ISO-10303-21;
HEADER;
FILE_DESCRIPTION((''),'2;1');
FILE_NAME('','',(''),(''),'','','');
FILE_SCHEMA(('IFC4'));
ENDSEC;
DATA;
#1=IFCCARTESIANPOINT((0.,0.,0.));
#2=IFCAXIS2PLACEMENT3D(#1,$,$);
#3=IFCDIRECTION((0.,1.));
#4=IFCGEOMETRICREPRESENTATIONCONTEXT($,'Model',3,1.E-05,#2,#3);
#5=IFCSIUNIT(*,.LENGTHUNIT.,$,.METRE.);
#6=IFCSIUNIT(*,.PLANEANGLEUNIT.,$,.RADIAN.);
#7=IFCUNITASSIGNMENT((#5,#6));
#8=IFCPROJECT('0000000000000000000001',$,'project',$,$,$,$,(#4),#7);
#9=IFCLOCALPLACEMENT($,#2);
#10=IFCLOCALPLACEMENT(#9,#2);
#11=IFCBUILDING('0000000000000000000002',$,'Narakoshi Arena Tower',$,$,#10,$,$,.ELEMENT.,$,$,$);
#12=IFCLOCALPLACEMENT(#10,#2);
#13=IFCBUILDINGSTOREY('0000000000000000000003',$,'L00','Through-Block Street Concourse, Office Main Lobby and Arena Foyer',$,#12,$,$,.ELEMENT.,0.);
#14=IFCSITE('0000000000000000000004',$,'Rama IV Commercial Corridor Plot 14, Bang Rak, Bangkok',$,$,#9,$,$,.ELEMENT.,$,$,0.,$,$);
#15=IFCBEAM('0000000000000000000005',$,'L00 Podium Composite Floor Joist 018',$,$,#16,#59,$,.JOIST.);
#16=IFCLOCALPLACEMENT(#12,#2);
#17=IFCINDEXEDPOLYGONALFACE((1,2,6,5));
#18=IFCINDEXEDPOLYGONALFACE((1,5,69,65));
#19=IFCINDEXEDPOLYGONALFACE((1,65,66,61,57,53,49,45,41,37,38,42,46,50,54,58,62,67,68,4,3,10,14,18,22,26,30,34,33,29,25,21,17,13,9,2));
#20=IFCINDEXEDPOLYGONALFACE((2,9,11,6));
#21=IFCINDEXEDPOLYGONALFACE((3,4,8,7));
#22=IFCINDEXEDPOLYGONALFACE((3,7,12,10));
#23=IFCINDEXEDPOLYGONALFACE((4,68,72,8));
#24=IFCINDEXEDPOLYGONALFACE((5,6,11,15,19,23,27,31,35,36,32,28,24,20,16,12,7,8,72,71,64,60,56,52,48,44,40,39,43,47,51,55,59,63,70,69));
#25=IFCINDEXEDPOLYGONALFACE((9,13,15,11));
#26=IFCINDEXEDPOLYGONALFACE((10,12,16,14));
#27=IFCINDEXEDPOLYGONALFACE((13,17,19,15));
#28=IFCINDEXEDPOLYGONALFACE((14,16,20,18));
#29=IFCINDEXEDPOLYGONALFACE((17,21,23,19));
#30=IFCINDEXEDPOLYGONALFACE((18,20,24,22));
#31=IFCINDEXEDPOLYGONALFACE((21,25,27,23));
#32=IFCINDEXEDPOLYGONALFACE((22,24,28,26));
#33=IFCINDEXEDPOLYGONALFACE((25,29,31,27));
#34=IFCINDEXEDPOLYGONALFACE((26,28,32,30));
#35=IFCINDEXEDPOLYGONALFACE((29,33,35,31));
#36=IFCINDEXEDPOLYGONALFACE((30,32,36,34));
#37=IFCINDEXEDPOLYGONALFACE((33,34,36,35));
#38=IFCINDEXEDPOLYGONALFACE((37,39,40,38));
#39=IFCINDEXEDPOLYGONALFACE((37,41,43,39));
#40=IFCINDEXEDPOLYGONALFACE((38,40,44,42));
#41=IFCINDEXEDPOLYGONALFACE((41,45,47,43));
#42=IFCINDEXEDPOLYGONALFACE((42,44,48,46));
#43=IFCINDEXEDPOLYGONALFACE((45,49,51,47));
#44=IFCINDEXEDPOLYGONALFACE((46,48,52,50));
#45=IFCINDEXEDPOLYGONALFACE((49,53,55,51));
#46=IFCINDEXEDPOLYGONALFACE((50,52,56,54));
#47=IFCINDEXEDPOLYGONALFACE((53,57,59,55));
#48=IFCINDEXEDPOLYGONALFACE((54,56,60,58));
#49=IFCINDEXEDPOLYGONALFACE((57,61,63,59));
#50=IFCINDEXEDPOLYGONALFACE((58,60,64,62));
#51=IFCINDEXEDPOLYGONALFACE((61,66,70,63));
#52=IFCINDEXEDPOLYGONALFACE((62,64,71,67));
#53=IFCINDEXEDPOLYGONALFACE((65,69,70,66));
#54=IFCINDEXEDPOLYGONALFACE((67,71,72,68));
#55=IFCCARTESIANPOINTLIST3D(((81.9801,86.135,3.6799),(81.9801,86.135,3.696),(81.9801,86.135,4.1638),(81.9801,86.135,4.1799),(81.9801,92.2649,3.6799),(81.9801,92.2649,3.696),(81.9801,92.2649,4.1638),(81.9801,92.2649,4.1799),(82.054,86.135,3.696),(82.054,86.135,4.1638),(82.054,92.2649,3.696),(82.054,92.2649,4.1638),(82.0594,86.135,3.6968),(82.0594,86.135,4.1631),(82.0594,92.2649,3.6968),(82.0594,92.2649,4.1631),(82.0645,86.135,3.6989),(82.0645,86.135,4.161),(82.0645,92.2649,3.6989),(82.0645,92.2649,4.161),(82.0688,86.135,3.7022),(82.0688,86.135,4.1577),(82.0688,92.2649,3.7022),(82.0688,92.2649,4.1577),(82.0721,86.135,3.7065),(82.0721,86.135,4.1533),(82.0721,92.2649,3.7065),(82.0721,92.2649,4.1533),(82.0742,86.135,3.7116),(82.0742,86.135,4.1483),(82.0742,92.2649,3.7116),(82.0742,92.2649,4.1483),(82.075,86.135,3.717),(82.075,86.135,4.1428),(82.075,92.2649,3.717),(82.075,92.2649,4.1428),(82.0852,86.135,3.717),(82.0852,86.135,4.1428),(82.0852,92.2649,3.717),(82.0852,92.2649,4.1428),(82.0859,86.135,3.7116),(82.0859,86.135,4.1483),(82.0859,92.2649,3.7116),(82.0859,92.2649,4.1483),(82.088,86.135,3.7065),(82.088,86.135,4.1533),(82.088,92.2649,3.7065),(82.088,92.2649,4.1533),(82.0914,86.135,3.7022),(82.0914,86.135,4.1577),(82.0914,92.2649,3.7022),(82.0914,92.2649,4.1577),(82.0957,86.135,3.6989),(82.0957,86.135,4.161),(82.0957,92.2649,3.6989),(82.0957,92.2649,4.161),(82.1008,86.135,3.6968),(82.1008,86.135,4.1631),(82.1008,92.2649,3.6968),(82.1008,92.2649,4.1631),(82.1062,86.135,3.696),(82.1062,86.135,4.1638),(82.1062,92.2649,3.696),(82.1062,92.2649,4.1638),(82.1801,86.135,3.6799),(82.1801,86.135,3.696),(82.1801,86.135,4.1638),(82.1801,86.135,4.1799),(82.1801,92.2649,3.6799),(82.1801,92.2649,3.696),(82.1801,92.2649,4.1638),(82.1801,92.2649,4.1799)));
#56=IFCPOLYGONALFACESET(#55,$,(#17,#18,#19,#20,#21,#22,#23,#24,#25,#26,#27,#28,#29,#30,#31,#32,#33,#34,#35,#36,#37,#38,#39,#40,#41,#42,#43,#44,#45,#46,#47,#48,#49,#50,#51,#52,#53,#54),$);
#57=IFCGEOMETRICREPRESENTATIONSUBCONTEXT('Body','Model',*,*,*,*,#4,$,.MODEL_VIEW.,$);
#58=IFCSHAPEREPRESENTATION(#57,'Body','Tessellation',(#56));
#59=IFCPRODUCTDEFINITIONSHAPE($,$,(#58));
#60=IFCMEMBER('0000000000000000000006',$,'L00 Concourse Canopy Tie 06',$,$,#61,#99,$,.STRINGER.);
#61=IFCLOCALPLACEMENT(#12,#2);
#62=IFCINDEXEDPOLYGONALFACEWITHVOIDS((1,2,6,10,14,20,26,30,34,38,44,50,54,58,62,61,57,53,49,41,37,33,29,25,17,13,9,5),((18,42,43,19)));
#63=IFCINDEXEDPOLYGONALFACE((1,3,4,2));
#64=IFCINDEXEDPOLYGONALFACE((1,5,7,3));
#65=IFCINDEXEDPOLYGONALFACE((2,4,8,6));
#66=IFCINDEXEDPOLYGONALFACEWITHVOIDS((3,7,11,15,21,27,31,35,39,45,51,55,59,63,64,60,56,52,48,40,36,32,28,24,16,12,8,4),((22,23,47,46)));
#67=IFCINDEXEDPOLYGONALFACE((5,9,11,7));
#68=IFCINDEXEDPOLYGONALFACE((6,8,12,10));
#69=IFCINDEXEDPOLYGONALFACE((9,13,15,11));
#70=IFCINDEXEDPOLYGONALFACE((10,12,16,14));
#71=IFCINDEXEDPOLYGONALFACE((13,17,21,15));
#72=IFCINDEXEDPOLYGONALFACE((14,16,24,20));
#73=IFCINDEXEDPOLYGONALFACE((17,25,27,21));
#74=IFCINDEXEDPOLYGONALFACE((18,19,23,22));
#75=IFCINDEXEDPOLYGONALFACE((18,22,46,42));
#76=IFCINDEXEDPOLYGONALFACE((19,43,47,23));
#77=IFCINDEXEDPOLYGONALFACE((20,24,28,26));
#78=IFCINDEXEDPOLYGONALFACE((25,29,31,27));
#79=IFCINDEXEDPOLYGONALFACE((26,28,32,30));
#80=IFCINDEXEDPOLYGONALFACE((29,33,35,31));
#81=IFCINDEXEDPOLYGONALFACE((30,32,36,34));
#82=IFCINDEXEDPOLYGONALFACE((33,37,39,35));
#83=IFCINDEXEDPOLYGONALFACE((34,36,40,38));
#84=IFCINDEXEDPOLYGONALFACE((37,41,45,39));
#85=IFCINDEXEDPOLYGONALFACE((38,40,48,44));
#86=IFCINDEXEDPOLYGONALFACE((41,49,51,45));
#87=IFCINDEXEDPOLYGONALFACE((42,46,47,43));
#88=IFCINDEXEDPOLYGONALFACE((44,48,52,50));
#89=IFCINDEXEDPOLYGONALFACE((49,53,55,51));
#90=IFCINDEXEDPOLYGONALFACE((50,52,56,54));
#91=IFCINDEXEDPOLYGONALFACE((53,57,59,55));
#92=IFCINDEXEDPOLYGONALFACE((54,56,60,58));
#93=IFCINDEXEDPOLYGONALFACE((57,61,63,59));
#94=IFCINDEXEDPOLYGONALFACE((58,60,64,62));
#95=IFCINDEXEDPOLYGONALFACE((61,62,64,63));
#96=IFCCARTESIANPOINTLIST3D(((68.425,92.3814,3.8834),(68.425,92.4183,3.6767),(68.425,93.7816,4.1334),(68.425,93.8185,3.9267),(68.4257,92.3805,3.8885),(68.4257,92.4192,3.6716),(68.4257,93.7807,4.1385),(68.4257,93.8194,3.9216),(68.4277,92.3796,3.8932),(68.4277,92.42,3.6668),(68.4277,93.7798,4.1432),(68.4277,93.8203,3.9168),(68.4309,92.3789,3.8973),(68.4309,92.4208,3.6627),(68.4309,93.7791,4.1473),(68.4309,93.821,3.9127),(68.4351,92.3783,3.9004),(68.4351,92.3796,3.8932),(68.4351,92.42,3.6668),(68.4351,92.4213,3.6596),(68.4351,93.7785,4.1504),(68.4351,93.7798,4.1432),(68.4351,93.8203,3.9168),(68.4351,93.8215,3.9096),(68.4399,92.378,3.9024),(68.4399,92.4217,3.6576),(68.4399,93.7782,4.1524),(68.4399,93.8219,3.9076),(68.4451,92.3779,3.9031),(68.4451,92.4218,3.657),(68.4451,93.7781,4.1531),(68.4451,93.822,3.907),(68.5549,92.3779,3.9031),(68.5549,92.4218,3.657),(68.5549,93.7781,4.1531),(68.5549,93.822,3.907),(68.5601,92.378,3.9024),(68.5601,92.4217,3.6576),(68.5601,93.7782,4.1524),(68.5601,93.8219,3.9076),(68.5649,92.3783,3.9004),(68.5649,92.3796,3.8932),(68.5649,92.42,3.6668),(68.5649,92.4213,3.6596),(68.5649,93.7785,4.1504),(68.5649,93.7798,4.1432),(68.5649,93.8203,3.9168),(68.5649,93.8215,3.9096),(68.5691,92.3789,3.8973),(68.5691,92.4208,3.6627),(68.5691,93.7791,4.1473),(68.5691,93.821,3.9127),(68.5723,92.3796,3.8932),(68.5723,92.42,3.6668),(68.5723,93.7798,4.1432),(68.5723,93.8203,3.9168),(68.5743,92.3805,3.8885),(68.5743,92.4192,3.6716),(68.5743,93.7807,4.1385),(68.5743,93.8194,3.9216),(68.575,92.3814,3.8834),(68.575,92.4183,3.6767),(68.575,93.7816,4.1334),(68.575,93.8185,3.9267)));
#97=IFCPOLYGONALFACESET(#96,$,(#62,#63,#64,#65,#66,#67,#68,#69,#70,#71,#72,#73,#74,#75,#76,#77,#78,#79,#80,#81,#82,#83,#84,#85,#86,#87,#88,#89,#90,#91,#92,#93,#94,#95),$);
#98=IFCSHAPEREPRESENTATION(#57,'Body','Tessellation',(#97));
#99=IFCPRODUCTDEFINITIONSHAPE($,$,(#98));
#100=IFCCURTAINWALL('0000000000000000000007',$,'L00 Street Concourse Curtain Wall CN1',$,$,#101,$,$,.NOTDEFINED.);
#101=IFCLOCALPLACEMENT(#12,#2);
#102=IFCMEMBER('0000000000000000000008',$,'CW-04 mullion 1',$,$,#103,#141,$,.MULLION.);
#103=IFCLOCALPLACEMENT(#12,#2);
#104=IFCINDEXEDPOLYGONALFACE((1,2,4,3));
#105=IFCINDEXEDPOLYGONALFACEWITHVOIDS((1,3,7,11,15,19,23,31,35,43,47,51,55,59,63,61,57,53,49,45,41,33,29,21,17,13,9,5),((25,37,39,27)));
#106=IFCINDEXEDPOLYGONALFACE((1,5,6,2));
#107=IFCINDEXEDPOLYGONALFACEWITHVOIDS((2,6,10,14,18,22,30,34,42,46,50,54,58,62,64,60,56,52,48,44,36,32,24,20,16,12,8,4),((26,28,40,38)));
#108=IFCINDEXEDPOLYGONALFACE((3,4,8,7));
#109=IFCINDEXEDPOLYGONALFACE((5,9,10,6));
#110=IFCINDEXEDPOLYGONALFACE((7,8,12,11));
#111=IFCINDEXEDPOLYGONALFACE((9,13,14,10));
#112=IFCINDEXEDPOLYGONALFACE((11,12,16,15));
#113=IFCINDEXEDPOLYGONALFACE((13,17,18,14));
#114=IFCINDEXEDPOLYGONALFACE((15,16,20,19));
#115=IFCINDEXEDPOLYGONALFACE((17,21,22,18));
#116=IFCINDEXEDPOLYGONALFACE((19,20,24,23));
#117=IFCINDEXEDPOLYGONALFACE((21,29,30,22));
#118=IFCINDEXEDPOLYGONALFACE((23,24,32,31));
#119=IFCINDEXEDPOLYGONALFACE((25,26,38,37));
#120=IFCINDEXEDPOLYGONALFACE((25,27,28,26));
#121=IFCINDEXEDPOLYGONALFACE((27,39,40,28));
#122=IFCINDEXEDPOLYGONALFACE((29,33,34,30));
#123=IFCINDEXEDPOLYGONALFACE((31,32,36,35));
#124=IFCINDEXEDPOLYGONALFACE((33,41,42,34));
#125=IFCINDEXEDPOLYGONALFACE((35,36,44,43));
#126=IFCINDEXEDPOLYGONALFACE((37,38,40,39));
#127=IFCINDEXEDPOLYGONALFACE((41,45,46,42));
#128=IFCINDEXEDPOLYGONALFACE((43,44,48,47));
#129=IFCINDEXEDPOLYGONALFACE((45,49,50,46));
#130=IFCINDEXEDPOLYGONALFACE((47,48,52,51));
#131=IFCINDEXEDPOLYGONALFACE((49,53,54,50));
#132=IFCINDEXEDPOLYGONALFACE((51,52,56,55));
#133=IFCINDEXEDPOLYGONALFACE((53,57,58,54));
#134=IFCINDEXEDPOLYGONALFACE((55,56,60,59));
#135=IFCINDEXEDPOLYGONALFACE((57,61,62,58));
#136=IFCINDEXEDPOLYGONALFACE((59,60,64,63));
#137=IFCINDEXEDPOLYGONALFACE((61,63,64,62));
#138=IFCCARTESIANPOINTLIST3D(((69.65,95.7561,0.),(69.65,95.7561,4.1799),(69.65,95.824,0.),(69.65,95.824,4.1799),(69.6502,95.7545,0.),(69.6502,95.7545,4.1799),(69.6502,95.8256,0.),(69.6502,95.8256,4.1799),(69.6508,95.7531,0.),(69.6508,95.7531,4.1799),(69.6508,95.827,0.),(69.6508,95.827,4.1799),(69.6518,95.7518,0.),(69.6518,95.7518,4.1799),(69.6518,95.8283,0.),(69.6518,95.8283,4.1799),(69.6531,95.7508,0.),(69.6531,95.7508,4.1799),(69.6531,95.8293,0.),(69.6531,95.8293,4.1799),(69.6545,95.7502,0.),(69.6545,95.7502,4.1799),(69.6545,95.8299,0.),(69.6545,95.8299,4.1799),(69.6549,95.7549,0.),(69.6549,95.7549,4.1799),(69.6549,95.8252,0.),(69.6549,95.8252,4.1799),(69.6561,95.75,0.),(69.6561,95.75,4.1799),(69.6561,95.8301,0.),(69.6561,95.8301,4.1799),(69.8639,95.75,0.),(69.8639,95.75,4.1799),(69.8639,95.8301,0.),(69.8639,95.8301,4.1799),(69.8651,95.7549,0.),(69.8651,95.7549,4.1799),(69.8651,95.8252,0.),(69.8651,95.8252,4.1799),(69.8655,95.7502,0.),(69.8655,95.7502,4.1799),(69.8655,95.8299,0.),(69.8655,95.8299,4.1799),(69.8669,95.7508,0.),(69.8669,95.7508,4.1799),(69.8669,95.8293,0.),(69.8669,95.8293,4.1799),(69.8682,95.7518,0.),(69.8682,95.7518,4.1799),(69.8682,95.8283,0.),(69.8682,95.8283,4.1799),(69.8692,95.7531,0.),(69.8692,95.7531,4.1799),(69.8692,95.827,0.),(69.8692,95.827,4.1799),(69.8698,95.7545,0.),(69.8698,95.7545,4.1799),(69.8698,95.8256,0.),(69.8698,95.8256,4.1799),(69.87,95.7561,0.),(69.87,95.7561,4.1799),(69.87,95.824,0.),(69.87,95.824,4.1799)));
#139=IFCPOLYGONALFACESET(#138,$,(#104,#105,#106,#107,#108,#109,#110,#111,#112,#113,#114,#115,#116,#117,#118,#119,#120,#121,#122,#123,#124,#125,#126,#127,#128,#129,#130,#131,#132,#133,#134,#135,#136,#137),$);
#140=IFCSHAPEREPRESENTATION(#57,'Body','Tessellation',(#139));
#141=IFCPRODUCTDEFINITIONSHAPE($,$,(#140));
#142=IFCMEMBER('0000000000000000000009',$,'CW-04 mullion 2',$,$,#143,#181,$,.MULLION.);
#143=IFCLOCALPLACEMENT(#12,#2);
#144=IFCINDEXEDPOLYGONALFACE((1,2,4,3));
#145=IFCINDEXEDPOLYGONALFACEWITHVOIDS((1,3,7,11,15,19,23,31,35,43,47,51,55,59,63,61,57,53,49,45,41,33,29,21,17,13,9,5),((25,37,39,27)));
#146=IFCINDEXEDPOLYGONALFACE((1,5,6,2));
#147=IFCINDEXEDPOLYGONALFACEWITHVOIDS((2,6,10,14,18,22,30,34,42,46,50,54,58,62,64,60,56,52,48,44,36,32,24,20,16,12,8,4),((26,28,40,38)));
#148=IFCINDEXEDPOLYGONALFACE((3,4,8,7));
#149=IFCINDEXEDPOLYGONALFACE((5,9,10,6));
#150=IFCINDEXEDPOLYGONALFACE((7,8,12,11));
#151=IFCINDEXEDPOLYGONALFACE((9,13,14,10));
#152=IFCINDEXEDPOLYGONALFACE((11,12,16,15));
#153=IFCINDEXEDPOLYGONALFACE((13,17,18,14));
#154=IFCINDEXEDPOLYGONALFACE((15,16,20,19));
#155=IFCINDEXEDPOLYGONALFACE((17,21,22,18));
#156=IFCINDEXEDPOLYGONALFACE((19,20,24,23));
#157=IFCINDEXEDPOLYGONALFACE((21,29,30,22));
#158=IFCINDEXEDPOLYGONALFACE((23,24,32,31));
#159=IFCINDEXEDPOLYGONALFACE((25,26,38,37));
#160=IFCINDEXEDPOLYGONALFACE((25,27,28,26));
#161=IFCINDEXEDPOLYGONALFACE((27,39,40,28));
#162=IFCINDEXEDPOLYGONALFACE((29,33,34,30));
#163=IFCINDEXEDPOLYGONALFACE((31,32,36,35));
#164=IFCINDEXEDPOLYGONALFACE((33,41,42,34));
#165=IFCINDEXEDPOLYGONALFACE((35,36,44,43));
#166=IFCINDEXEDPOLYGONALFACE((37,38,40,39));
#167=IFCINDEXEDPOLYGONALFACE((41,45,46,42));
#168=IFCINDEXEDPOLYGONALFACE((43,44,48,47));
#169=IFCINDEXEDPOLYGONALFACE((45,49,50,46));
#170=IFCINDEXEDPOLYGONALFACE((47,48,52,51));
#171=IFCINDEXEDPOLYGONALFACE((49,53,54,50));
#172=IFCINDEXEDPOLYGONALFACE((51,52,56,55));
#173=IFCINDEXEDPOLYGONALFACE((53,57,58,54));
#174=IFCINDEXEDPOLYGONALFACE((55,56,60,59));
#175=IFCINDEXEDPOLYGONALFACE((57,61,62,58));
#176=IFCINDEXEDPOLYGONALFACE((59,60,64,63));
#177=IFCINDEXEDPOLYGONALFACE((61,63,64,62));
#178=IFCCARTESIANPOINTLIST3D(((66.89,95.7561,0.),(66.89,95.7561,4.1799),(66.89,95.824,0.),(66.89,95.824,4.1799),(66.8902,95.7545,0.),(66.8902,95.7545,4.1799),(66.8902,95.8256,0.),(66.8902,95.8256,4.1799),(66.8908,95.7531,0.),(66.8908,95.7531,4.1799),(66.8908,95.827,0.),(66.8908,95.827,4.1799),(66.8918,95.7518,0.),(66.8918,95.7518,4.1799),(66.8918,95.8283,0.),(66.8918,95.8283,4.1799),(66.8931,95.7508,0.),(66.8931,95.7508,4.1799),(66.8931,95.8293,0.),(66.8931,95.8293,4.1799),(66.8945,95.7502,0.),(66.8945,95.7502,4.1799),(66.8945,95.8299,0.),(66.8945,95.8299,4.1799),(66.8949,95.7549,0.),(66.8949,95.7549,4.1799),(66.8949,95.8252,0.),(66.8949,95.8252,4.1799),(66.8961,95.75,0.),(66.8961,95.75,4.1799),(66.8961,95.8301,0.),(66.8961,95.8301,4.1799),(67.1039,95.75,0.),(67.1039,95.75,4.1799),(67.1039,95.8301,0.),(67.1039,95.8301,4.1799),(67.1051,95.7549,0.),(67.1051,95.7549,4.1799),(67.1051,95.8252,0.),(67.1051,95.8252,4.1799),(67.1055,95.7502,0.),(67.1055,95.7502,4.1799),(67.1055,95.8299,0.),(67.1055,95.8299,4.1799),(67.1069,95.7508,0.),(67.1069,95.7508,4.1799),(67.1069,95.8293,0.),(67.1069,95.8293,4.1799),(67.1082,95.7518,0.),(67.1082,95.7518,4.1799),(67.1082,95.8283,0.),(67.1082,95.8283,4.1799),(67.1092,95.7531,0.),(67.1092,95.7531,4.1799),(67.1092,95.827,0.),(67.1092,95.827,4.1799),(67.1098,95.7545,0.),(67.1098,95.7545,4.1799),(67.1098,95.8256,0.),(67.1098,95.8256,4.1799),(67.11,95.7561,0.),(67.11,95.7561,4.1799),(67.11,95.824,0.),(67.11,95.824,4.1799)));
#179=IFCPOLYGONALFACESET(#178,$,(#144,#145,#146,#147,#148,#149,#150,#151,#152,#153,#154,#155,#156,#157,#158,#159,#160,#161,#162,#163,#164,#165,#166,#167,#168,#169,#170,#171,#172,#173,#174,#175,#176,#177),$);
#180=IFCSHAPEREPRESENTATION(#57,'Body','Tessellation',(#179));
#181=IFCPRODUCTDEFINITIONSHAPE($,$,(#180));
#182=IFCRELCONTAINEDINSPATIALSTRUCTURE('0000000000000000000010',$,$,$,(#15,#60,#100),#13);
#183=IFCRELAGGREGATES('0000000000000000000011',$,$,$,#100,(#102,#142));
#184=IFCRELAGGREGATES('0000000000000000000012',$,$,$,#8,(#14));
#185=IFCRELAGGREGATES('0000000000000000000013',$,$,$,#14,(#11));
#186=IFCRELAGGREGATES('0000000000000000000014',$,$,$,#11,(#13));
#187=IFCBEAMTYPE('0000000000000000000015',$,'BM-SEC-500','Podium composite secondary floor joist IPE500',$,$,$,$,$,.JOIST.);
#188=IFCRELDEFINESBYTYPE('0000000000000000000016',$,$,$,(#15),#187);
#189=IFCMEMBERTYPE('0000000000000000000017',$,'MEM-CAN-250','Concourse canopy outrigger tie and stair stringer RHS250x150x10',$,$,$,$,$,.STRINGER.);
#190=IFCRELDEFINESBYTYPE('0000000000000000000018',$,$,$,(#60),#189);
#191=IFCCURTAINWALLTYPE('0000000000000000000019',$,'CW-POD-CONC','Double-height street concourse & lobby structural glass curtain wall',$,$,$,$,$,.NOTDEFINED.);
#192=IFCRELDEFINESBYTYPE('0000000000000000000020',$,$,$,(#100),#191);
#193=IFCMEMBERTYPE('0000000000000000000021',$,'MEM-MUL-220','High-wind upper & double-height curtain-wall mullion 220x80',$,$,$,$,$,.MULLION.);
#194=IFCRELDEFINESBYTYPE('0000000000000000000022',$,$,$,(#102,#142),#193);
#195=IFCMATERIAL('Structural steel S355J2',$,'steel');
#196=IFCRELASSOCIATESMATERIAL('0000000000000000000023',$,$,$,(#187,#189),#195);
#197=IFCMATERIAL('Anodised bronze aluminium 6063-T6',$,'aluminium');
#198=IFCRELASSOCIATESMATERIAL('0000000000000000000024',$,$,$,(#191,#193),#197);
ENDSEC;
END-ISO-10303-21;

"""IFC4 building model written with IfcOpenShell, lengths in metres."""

from ifc_helpers import new_model, si_unit, direction, frame, origin, origin_2d, place, context, subcontext, project, spatial, hollow_rectangle, i_section, extrude, material, material_profile, profile_set, type_object, element, aggregate, save


model = new_model("IFC4")

# Units and contexts
model_context = context("Model", 3, precision=1e-05, world=origin(), true_north=direction((0.0, 1.0)))
body_context = subcontext(model_context, "Body", "Model", "MODEL_VIEW")
ifc_project = project(units=[si_unit("LENGTHUNIT", "METRE"), si_unit("PLANEANGLEUNIT", "RADIAN")], contexts=[model_context])

# Site, building, storey
site_placement = place(None, origin())
site = spatial("IfcSite", under=ifc_project, at=site_placement, Name="Rama IV Commercial Corridor Plot 14, Bang Rak, Bangkok", CompositionType="ELEMENT", RefElevation=0.0)
building_placement = place(site_placement, origin())
building = spatial("IfcBuilding", under=site, at=building_placement, Name="Narakoshi Arena Tower", CompositionType="ELEMENT")
storey_placement = place(building_placement, origin())
storey = spatial("IfcBuildingStorey", under=building, at=storey_placement, Name="L00", Description="Through-Block Street Concourse, Office Main Lobby and Arena Foyer", CompositionType="ELEMENT", Elevation=0.0)

# Shared definitions
ifc_material_1 = material(Name="Structural steel S355J2", Category="steel")

# Beam
ifc_material_profile_1 = material_profile(ifc_material_1, i_section(OverallWidth=0.2, OverallDepth=0.5, WebThickness=0.0103, FlangeThickness=0.0161, FilletRadius=0.021, at=origin_2d()), Name="IPE500")
ifc_profile_set_1 = profile_set([ifc_material_profile_1], Name="Structural steel S355J2")
beam_type_1 = type_object("IfcBeamType", Name="BM-SEC-500", Description="Podium composite secondary floor joist IPE500", PredefinedType="JOIST", material=ifc_profile_set_1)
beam_1_placement = place(storey_placement, frame((82.0801, 86.135, 3.9299), z_axis=(0.0, 1.0, 0.0), x_axis=(-1.0, 0.0, 0.0)))
element("IfcBeam", 1, at=beam_1_placement, inside=storey, type_object=beam_type_1, Name="L00 Podium Composite Floor Joist 018", PredefinedType="JOIST", context=body_context, shape_type="SweptSolid", body=[
    extrude(i_section(OverallWidth=0.2, OverallDepth=0.5, WebThickness=0.0103, FlangeThickness=0.0161, FilletRadius=0.021, at=origin_2d()), origin(), (0.0, 0.0, 1.0), 6.1299),
])

# Member
ifc_material_profile_2 = material_profile(ifc_material_1, hollow_rectangle(XDim=0.1499, YDim=0.25, WallThickness=0.01, OuterFilletRadius=0.02, at=origin_2d()), Name="RHS250x150x10")
ifc_profile_set_2 = profile_set([ifc_material_profile_2], Name="Structural steel S355J2")
member_type_1 = type_object("IfcMemberType", Name="MEM-CAN-250", Description="Concourse canopy outrigger tie and stair stringer RHS250x150x10", PredefinedType="STRINGER", material=ifc_profile_set_2)
member_1_placement = place(storey_placement, frame((68.5, 93.8, 4.03), z_axis=(0.0, -0.984431, -0.175773), x_axis=(1.0, 0.0, 0.0)))
element("IfcMember", 2, at=member_1_placement, inside=storey, type_object=member_type_1, Name="L00 Concourse Canopy Tie 06", PredefinedType="STRINGER", context=body_context, shape_type="SweptSolid", body=[
    extrude(hollow_rectangle(XDim=0.1499, YDim=0.25, WallThickness=0.01, OuterFilletRadius=0.02, at=origin_2d()), origin(), (0.0, 0.0, 1.0), 1.4224),
])

# Curtain wall, members
ifc_material_2 = material(Name="Anodised bronze aluminium 6063-T6", Category="aluminium")
curtain_wall_type = type_object("IfcCurtainWallType", Name="CW-POD-CONC", Description="Double-height street concourse & lobby structural glass curtain wall", PredefinedType="NOTDEFINED", material=ifc_material_2)
curtain_wall_placement = place(storey_placement, origin())
curtain_wall = element("IfcCurtainWall", 3, at=curtain_wall_placement, inside=storey, type_object=curtain_wall_type, Name="L00 Street Concourse Curtain Wall CN1", PredefinedType="NOTDEFINED")
ifc_material_profile_3 = material_profile(ifc_material_2, hollow_rectangle(XDim=0.0801, YDim=0.22, WallThickness=0.0049, OuterFilletRadius=0.0061, at=origin_2d()), Name="MUL220x80x5")
ifc_profile_set_3 = profile_set([ifc_material_profile_3], Name="Anodised bronze aluminium 6063-T6")
member_type_2 = type_object("IfcMemberType", Name="MEM-MUL-220", Description="High-wind upper & double-height curtain-wall mullion 220x80", PredefinedType="MULLION", material=ifc_profile_set_3)
member_2_placement = place(storey_placement, frame((69.76, 95.79, 0.0), z_axis=(0.0, 0.0, 1.0), x_axis=(0.0, -1.0, 0.0)))
member_2 = element("IfcMember", 4, at=member_2_placement, type_object=member_type_2, Name="CW-04 mullion 1", PredefinedType="MULLION", context=body_context, shape_type="SweptSolid", body=[
    extrude(hollow_rectangle(XDim=0.0801, YDim=0.22, WallThickness=0.0049, OuterFilletRadius=0.0061, at=origin_2d()), origin(), (0.0, 0.0, 1.0), 4.1799),
])
member_3_placement = place(storey_placement, frame((67.0, 95.79, 0.0), z_axis=(0.0, 0.0, 1.0), x_axis=(0.0, -1.0, 0.0)))
member_3 = element("IfcMember", 5, at=member_3_placement, type_object=member_type_2, Name="CW-04 mullion 2", PredefinedType="MULLION", context=body_context, shape_type="SweptSolid", body=[
    extrude(hollow_rectangle(XDim=0.0801, YDim=0.22, WallThickness=0.0049, OuterFilletRadius=0.0061, at=origin_2d()), origin(), (0.0, 0.0, 1.0), 4.1799),
])
aggregate(curtain_wall, [member_2, member_3])

save(model, "model.ifc")
